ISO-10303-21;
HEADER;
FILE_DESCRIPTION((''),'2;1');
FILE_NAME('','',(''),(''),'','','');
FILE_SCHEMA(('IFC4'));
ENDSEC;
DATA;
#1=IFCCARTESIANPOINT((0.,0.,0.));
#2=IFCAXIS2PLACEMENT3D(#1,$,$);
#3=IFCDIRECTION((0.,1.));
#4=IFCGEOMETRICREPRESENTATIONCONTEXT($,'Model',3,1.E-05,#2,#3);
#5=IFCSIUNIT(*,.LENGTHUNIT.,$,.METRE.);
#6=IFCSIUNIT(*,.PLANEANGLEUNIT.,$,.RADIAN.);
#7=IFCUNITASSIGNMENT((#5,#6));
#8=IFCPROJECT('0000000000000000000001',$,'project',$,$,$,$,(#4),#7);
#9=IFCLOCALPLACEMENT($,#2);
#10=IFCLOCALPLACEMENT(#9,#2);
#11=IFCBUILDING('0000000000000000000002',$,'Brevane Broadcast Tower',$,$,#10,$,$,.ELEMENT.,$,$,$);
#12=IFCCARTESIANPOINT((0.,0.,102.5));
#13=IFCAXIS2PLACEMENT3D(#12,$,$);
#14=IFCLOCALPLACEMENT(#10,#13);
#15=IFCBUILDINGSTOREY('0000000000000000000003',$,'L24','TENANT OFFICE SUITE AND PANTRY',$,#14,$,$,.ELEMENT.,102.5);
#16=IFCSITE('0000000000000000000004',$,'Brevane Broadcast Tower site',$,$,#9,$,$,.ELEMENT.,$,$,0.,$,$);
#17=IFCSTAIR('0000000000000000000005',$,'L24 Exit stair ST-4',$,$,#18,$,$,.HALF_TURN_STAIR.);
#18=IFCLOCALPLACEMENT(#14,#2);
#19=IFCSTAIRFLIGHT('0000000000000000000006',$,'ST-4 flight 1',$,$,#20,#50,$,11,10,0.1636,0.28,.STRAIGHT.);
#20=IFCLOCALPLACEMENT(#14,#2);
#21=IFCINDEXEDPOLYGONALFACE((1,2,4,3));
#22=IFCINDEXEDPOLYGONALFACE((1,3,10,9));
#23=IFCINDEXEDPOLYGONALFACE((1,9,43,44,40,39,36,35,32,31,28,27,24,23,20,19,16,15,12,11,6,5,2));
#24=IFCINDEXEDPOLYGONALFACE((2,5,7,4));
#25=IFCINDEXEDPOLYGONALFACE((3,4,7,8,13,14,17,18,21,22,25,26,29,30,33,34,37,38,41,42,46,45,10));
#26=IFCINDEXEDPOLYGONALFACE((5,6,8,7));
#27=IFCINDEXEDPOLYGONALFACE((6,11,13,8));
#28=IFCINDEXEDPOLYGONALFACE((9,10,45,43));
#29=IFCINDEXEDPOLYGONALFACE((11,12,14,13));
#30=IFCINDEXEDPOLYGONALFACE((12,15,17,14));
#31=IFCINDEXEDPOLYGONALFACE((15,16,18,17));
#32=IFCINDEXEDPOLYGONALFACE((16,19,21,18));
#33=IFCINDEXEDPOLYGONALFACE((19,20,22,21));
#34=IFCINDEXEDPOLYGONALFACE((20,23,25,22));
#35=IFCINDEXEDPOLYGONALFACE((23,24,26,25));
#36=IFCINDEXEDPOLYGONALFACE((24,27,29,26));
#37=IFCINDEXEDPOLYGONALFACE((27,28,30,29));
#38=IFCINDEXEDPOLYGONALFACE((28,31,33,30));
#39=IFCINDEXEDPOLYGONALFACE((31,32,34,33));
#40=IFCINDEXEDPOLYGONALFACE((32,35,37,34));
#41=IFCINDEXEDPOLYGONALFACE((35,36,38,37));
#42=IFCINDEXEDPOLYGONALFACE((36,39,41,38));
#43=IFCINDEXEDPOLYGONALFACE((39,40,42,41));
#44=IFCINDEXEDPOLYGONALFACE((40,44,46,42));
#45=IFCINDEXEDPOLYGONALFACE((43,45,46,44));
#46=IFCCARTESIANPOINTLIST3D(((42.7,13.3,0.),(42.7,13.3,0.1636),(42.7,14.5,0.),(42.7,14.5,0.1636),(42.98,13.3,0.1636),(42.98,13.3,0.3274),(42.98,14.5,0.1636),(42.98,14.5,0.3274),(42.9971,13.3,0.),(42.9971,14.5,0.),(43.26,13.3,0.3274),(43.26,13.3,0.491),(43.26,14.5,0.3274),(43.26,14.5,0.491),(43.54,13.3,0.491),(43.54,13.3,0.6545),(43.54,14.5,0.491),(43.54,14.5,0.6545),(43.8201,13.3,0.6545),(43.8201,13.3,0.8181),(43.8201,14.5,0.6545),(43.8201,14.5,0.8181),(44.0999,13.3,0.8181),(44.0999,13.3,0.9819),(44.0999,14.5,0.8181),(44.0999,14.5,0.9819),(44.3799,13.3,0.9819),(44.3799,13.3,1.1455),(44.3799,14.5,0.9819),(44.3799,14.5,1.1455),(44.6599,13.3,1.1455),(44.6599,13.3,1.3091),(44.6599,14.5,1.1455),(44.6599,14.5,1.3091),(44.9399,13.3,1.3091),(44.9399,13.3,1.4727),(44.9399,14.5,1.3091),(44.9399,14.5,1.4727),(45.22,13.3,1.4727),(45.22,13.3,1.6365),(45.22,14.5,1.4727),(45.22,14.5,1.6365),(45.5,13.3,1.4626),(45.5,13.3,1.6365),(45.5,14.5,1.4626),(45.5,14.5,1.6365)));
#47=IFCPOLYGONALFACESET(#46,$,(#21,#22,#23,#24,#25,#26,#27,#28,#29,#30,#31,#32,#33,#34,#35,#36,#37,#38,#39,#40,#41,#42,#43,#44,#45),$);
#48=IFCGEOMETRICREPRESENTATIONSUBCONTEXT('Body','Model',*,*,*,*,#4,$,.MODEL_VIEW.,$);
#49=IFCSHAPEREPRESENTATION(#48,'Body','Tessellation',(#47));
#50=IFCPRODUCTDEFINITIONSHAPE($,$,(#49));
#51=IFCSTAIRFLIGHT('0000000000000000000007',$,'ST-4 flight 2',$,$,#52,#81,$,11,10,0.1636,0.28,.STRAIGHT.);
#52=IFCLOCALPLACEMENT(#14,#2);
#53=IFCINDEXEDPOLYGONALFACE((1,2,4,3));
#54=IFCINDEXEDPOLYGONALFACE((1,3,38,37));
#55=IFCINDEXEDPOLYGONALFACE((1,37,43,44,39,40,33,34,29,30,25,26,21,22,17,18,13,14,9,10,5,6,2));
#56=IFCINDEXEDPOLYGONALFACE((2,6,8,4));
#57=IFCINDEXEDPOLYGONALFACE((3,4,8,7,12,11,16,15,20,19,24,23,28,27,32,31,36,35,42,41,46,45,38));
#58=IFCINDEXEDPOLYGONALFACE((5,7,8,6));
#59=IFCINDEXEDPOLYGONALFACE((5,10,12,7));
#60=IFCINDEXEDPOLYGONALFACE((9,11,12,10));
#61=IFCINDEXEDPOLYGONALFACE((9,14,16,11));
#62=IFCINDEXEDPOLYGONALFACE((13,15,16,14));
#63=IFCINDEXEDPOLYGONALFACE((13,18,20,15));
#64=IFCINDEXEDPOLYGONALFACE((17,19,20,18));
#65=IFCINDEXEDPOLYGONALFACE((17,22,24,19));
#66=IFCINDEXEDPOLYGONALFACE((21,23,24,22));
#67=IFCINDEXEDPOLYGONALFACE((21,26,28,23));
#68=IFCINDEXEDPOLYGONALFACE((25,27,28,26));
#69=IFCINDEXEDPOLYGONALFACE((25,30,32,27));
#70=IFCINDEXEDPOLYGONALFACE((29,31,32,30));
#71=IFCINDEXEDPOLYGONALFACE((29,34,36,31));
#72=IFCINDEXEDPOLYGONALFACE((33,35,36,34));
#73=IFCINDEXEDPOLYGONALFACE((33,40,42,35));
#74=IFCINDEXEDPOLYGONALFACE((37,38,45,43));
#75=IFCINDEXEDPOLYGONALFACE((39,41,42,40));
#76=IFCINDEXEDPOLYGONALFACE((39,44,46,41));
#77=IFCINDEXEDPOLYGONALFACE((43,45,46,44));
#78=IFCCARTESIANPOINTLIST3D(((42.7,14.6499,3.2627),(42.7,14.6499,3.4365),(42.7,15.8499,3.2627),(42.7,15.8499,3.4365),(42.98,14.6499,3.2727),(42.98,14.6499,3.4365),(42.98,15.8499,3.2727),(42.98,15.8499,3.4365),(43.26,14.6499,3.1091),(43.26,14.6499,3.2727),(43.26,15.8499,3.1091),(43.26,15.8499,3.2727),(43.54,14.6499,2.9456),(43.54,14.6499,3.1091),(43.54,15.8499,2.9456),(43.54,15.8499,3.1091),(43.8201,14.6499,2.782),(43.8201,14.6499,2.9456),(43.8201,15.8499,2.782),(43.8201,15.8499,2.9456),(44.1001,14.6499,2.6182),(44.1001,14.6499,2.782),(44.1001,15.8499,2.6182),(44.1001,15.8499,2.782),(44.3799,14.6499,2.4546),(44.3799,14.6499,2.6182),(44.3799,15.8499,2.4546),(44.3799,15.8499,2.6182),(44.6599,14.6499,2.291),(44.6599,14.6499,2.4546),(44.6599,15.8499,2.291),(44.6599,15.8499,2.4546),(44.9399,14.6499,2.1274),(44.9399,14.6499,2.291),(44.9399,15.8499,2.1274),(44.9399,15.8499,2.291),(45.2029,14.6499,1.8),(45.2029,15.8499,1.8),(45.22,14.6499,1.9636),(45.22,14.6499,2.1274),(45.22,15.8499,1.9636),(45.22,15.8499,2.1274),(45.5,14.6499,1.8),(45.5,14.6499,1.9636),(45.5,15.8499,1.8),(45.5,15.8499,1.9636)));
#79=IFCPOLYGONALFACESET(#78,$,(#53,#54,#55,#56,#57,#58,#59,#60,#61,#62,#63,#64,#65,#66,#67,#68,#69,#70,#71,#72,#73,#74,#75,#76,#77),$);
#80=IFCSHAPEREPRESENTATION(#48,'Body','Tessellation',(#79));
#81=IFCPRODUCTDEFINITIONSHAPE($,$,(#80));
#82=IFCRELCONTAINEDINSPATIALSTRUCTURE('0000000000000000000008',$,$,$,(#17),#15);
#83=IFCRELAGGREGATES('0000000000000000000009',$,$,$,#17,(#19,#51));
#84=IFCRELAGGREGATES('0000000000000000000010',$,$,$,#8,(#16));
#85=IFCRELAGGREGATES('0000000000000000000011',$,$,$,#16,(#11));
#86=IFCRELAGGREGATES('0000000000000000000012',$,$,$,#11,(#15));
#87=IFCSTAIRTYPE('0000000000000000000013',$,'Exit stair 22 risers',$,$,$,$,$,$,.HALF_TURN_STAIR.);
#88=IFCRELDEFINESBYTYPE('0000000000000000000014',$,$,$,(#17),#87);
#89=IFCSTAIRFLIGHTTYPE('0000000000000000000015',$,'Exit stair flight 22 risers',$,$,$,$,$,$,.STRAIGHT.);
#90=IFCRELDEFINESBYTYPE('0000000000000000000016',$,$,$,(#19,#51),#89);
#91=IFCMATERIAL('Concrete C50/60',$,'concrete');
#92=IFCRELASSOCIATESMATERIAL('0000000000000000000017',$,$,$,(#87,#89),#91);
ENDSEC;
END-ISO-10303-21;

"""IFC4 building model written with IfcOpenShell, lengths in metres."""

from ifc_helpers import new_model, si_unit, direction, frame, origin, place, context, subcontext, project, spatial, polyline, outline, extrude, material, type_object, element, aggregate, save


model = new_model("IFC4")

# Units and contexts
model_context = context("Model", 3, precision=1e-05, world=origin(), true_north=direction((0.0, 1.0)))
body_context = subcontext(model_context, "Body", "Model", "MODEL_VIEW")
ifc_project = project(units=[si_unit("LENGTHUNIT", "METRE"), si_unit("PLANEANGLEUNIT", "RADIAN")], contexts=[model_context])

# Site, building, storey
site_placement = place(None, origin())
site = spatial("IfcSite", under=ifc_project, at=site_placement, Name="Brevane Broadcast Tower site", CompositionType="ELEMENT", RefElevation=0.0)
building_placement = place(site_placement, origin())
building = spatial("IfcBuilding", under=site, at=building_placement, Name="Brevane Broadcast Tower", CompositionType="ELEMENT")
storey_placement = place(building_placement, frame((0.0, 0.0, 102.5)))
storey = spatial("IfcBuildingStorey", under=building, at=storey_placement, Name="L24", Description="TENANT OFFICE SUITE AND PANTRY", CompositionType="ELEMENT", Elevation=102.5)

# Stair, stair flights
ifc_material_1 = material(Name="Concrete C50/60", Category="concrete")
stair_type = type_object("IfcStairType", Name="Exit stair 22 risers", PredefinedType="HALF_TURN_STAIR", material=ifc_material_1)
stair_placement = place(storey_placement, origin())
stair = element("IfcStair", 1, at=stair_placement, inside=storey, type_object=stair_type, Name="L24 Exit stair ST-4", PredefinedType="HALF_TURN_STAIR")
stair_flight_type = type_object("IfcStairFlightType", Name="Exit stair flight 22 risers", PredefinedType="STRAIGHT", material=ifc_material_1)
stair_flight_1_placement = place(storey_placement, frame((42.7, 13.8999, 0.0), z_axis=(0.0, 0.0, 1.0), x_axis=(1.0, 0.0, 0.0)))
stair_flight_1 = element("IfcStairFlight", 2, at=stair_flight_1_placement, type_object=stair_flight_type, Name="ST-4 flight 1", NumberOfRisers=11, NumberOfTreads=10, PredefinedType="STRAIGHT", RiserHeight=0.1636, TreadLength=0.28, context=body_context, shape_type="SweptSolid", body=[
    extrude(outline(polyline([(0.0, 0.0), (0.0, 0.1636), (0.28, 0.1636), (0.28, 0.3274), (0.5601, 0.3274), (0.5601, 0.491), (0.8401, 0.491), (0.8401, 0.6545), (1.1201, 0.6545), (1.1201, 0.8181), (1.3999, 0.8181), (1.3999, 0.9819), (1.6799, 0.9819), (1.6799, 1.1455), (1.96, 1.1455), (1.96, 1.3091), (2.24, 1.3091), (2.24, 1.4727), (2.52, 1.4727), (2.52, 1.6365), (2.8, 1.6365), (2.8, 1.8), (2.8, 1.4626), (0.2971, 0.0), (0.0, 0.0)])), frame((0.0, 0.6001, 0.0), z_axis=(0.0, -1.0, 0.0), x_axis=(1.0, 0.0, 0.0)), (0.0, 0.0, 1.0), 1.2),
])
stair_flight_2_placement = place(storey_placement, frame((45.5, 15.25, 1.8), z_axis=(0.0, 0.0, 1.0), x_axis=(-1.0, 0.0, 0.0)))
stair_flight_2 = element("IfcStairFlight", 3, at=stair_flight_2_placement, type_object=stair_flight_type, Name="ST-4 flight 2", NumberOfRisers=11, NumberOfTreads=10, PredefinedType="STRAIGHT", RiserHeight=0.1636, TreadLength=0.28, context=body_context, shape_type="SweptSolid", body=[
    extrude(outline(polyline([(0.0, 0.0), (0.0, 0.1636), (0.28, 0.1636), (0.28, 0.3274), (0.5601, 0.3274), (0.5601, 0.491), (0.8401, 0.491), (0.8401, 0.6545), (1.1201, 0.6545), (1.1201, 0.8181), (1.3999, 0.8181), (1.3999, 0.9819), (1.6799, 0.9819), (1.6799, 1.1455), (1.96, 1.1455), (1.96, 1.3091), (2.24, 1.3091), (2.24, 1.4727), (2.52, 1.4727), (2.52, 1.6365), (2.8, 1.6365), (2.8, 1.8), (2.8, 1.4626), (0.2971, 0.0), (0.0, 0.0)])), frame((0.0, 0.6001, 0.0), z_axis=(0.0, -1.0, 0.0), x_axis=(1.0, 0.0, 0.0)), (0.0, 0.0, 1.0), 1.2),
])
aggregate(stair, [stair_flight_1, stair_flight_2])

save(model, "model.ifc")
